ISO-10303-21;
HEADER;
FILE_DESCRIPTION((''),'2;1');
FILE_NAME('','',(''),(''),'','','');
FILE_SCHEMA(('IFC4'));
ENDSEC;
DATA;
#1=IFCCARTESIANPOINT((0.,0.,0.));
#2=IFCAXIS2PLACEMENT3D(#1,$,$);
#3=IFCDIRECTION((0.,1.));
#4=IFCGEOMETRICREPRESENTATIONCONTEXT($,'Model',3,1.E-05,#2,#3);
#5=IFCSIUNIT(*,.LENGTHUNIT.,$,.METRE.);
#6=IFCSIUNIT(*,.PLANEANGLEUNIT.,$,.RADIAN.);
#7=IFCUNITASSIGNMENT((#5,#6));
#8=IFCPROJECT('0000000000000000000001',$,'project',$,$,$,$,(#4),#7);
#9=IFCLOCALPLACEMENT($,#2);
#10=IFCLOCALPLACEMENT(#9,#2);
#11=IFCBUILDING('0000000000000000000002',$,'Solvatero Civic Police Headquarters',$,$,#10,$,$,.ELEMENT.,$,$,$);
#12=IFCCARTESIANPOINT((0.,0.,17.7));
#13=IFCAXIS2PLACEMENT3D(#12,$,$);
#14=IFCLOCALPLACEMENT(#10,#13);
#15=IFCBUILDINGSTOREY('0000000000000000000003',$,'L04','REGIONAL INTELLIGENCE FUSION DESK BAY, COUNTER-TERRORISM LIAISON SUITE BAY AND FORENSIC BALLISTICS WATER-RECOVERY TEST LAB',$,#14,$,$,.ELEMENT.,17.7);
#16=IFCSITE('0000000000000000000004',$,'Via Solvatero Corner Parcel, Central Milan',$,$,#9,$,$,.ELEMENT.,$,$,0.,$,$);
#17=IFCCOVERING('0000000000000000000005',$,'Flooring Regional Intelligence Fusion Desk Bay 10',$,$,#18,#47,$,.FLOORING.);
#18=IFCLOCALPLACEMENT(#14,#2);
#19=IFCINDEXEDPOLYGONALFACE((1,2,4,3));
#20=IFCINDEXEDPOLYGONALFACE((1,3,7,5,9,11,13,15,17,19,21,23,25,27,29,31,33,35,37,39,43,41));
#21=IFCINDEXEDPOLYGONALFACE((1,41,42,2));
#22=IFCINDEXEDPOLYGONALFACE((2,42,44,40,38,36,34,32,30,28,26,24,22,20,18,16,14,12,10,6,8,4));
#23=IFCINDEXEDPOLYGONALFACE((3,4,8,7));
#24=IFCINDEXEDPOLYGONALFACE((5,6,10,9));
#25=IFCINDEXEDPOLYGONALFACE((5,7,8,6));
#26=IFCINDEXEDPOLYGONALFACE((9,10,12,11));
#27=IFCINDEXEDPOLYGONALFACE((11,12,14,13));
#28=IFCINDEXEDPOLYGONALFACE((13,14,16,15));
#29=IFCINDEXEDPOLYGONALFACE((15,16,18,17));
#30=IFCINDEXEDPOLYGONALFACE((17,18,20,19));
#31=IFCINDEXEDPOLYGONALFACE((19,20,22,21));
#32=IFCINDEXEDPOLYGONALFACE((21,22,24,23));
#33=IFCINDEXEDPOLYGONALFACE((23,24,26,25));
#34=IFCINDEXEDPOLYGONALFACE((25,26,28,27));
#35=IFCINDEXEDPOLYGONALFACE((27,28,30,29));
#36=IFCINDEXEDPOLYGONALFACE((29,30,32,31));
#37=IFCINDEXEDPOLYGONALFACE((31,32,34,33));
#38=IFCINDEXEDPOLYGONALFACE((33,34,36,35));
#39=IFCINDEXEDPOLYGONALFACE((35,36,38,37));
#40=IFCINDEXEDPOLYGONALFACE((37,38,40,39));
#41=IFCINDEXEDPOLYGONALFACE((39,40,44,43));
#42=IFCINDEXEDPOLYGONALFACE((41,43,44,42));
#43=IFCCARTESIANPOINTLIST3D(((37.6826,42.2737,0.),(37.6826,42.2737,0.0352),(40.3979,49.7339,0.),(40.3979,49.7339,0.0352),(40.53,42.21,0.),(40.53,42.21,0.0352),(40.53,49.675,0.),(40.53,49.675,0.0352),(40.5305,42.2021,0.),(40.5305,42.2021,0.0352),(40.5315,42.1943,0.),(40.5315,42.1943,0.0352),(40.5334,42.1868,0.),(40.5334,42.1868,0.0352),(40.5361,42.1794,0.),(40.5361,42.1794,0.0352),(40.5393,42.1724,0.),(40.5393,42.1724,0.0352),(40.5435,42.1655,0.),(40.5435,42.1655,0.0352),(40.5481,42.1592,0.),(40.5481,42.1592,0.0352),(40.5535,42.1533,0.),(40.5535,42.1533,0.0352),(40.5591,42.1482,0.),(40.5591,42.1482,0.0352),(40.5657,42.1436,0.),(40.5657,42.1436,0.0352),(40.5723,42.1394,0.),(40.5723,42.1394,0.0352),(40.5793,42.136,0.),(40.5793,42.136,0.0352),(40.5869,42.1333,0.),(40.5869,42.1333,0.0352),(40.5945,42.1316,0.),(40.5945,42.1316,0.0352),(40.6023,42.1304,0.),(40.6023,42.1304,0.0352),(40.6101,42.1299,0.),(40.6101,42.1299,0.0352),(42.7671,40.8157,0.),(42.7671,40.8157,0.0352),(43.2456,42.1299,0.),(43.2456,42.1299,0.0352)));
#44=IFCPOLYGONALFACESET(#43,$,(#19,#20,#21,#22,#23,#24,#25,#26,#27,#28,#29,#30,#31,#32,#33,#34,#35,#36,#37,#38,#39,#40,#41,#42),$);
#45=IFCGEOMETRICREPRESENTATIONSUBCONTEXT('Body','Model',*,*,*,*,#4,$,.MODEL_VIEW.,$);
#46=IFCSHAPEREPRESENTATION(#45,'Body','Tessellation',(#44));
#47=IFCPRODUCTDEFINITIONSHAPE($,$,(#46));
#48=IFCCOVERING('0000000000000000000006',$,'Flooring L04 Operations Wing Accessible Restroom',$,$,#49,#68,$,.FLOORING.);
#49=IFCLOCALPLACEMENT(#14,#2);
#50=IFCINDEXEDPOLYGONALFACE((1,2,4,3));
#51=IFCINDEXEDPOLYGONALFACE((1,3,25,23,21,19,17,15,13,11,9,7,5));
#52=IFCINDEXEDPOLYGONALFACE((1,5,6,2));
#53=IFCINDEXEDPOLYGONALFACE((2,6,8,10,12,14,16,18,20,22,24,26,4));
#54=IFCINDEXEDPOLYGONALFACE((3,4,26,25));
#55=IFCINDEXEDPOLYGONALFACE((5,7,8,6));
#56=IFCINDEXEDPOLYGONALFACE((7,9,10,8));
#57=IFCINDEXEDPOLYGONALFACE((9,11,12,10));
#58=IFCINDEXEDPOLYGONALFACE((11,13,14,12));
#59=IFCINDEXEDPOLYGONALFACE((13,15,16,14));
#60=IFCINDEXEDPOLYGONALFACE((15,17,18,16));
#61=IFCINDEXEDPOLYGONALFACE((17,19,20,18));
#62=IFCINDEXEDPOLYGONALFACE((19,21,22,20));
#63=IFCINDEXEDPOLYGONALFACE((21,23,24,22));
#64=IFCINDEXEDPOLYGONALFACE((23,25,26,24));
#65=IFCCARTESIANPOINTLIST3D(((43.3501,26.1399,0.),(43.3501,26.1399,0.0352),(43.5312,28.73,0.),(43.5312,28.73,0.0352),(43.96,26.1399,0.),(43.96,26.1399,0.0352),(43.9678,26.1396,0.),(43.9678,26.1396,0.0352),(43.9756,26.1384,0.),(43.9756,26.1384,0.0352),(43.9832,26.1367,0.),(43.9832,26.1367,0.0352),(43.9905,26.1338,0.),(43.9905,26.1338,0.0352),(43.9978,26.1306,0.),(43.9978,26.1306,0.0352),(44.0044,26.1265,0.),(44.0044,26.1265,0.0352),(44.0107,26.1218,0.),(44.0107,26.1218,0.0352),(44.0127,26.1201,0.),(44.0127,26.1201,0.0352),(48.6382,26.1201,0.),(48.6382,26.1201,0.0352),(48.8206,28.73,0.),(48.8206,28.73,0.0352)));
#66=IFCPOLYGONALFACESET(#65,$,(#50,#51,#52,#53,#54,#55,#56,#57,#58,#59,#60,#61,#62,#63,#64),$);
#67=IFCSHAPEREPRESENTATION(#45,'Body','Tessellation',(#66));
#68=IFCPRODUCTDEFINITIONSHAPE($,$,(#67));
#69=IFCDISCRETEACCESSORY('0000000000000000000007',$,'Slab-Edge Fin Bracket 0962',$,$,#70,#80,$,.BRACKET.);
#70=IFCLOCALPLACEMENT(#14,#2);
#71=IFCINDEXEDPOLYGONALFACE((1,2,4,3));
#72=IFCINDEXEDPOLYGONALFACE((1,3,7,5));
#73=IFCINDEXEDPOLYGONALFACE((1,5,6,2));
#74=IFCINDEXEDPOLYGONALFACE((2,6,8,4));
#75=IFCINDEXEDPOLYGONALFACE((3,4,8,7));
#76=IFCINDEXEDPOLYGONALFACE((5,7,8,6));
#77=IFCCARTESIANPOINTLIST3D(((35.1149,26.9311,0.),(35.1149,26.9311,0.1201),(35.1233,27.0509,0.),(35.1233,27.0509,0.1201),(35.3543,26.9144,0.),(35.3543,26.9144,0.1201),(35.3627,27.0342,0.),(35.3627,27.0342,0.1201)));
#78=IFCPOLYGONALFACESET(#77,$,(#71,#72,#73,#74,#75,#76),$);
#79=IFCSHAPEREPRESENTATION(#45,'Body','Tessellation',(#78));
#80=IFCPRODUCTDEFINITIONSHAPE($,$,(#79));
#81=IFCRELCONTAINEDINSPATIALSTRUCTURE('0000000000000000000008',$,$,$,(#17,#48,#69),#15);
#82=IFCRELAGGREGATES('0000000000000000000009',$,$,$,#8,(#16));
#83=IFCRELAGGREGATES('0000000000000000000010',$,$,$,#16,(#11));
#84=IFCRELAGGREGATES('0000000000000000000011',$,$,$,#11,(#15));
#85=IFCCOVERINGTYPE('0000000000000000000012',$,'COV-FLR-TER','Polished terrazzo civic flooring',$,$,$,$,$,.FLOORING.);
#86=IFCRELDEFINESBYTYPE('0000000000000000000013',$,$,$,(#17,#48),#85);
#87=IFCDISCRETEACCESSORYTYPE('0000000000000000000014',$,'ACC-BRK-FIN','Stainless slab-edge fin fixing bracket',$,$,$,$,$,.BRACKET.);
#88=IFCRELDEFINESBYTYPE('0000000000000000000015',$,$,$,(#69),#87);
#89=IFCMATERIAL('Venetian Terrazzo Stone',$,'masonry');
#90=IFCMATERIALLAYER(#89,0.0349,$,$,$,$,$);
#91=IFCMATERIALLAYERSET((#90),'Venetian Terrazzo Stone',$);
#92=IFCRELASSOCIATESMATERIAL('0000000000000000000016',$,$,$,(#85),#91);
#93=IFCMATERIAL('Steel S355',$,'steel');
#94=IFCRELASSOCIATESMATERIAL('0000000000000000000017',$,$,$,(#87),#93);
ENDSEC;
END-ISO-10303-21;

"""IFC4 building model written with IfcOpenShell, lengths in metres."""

from ifc_helpers import new_model, si_unit, direction, frame, origin, origin_2d, place, context, subcontext, project, spatial, polyline, rectangle, outline, extrude, material, layer, layer_set, type_object, element, save


model = new_model("IFC4")

# Units and contexts
model_context = context("Model", 3, precision=1e-05, world=origin(), true_north=direction((0.0, 1.0)))
body_context = subcontext(model_context, "Body", "Model", "MODEL_VIEW")
ifc_project = project(units=[si_unit("LENGTHUNIT", "METRE"), si_unit("PLANEANGLEUNIT", "RADIAN")], contexts=[model_context])

# Site, building, storey
site_placement = place(None, origin())
site = spatial("IfcSite", under=ifc_project, at=site_placement, Name="Via Solvatero Corner Parcel, Central Milan", CompositionType="ELEMENT", RefElevation=0.0)
building_placement = place(site_placement, origin())
building = spatial("IfcBuilding", under=site, at=building_placement, Name="Solvatero Civic Police Headquarters", CompositionType="ELEMENT")
storey_placement = place(building_placement, frame((0.0, 0.0, 17.7)))
storey = spatial("IfcBuildingStorey", under=building, at=storey_placement, Name="L04", Description="REGIONAL INTELLIGENCE FUSION DESK BAY, COUNTER-TERRORISM LIAISON SUITE BAY AND FORENSIC BALLISTICS WATER-RECOVERY TEST LAB", CompositionType="ELEMENT", Elevation=17.7)

# Coverings
ifc_material_1 = material(Name="Venetian Terrazzo Stone", Category="masonry")
ifc_layer_1 = layer(ifc_material_1, 0.0349)
ifc_layer_set_1 = layer_set([ifc_layer_1], Name="Venetian Terrazzo Stone")
covering_type_1 = type_object("IfcCoveringType", Name="COV-FLR-TER", Description="Polished terrazzo civic flooring", PredefinedType="FLOORING", material=ifc_layer_set_1)
covering_1_placement = place(storey_placement, origin())
element("IfcCovering", 1, at=covering_1_placement, inside=storey, type_object=covering_type_1, Name="Flooring Regional Intelligence Fusion Desk Bay 10", PredefinedType="FLOORING", context=body_context, shape_type="SweptSolid", body=[
    extrude(outline(polyline([(40.53, 49.675), (40.53, 42.21), (40.5305, 42.2021), (40.5315, 42.1943), (40.5334, 42.1868), (40.5361, 42.1794), (40.5393, 42.1724), (40.5435, 42.1655), (40.5481, 42.1592), (40.5535, 42.1533), (40.5591, 42.1482), (40.5657, 42.1436), (40.5723, 42.1394), (40.5793, 42.136), (40.5869, 42.1333), (40.5945, 42.1316), (40.6023, 42.1304), (40.6101, 42.1299), (43.2456, 42.1299), (42.7671, 40.8157), (37.6826, 42.2737), (40.3979, 49.7339), (40.53, 49.675)])), origin(), (0.0, 0.0, 1.0), 0.0352),
])
covering_2_placement = place(storey_placement, origin())
element("IfcCovering", 2, at=covering_2_placement, inside=storey, type_object=covering_type_1, Name="Flooring L04 Operations Wing Accessible Restroom", PredefinedType="FLOORING", context=body_context, shape_type="SweptSolid", body=[
    extrude(outline(polyline([(44.0127, 26.1201), (44.0107, 26.1218), (44.0044, 26.1265), (43.9978, 26.1306), (43.9905, 26.1338), (43.9832, 26.1367), (43.9756, 26.1384), (43.9678, 26.1396), (43.96, 26.1399), (43.3501, 26.1399), (43.5312, 28.73), (48.8206, 28.73), (48.6382, 26.1201), (44.0127, 26.1201)])), origin(), (0.0, 0.0, 1.0), 0.0352),
])

# Discrete accessory
ifc_material_2 = material(Name="Steel S355", Category="steel")
discrete_accessory_type = type_object("IfcDiscreteAccessoryType", Name="ACC-BRK-FIN", Description="Stainless slab-edge fin fixing bracket", PredefinedType="BRACKET", material=ifc_material_2)
discrete_accessory_placement = place(storey_placement, frame((35.2388, 26.9827, 0.0), z_axis=(0.0, 0.0, 1.0), x_axis=(-0.069739, -0.997565, 0.0)))
element("IfcDiscreteAccessory", 3, at=discrete_accessory_placement, inside=storey, type_object=discrete_accessory_type, Name="Slab-Edge Fin Bracket 0962", PredefinedType="BRACKET", context=body_context, shape_type="SweptSolid", body=[
    extrude(rectangle(XDim=0.1201, YDim=0.24, at=origin_2d()), origin(), (0.0, 0.0, 1.0), 0.1201),
])

save(model, "model.ifc")
